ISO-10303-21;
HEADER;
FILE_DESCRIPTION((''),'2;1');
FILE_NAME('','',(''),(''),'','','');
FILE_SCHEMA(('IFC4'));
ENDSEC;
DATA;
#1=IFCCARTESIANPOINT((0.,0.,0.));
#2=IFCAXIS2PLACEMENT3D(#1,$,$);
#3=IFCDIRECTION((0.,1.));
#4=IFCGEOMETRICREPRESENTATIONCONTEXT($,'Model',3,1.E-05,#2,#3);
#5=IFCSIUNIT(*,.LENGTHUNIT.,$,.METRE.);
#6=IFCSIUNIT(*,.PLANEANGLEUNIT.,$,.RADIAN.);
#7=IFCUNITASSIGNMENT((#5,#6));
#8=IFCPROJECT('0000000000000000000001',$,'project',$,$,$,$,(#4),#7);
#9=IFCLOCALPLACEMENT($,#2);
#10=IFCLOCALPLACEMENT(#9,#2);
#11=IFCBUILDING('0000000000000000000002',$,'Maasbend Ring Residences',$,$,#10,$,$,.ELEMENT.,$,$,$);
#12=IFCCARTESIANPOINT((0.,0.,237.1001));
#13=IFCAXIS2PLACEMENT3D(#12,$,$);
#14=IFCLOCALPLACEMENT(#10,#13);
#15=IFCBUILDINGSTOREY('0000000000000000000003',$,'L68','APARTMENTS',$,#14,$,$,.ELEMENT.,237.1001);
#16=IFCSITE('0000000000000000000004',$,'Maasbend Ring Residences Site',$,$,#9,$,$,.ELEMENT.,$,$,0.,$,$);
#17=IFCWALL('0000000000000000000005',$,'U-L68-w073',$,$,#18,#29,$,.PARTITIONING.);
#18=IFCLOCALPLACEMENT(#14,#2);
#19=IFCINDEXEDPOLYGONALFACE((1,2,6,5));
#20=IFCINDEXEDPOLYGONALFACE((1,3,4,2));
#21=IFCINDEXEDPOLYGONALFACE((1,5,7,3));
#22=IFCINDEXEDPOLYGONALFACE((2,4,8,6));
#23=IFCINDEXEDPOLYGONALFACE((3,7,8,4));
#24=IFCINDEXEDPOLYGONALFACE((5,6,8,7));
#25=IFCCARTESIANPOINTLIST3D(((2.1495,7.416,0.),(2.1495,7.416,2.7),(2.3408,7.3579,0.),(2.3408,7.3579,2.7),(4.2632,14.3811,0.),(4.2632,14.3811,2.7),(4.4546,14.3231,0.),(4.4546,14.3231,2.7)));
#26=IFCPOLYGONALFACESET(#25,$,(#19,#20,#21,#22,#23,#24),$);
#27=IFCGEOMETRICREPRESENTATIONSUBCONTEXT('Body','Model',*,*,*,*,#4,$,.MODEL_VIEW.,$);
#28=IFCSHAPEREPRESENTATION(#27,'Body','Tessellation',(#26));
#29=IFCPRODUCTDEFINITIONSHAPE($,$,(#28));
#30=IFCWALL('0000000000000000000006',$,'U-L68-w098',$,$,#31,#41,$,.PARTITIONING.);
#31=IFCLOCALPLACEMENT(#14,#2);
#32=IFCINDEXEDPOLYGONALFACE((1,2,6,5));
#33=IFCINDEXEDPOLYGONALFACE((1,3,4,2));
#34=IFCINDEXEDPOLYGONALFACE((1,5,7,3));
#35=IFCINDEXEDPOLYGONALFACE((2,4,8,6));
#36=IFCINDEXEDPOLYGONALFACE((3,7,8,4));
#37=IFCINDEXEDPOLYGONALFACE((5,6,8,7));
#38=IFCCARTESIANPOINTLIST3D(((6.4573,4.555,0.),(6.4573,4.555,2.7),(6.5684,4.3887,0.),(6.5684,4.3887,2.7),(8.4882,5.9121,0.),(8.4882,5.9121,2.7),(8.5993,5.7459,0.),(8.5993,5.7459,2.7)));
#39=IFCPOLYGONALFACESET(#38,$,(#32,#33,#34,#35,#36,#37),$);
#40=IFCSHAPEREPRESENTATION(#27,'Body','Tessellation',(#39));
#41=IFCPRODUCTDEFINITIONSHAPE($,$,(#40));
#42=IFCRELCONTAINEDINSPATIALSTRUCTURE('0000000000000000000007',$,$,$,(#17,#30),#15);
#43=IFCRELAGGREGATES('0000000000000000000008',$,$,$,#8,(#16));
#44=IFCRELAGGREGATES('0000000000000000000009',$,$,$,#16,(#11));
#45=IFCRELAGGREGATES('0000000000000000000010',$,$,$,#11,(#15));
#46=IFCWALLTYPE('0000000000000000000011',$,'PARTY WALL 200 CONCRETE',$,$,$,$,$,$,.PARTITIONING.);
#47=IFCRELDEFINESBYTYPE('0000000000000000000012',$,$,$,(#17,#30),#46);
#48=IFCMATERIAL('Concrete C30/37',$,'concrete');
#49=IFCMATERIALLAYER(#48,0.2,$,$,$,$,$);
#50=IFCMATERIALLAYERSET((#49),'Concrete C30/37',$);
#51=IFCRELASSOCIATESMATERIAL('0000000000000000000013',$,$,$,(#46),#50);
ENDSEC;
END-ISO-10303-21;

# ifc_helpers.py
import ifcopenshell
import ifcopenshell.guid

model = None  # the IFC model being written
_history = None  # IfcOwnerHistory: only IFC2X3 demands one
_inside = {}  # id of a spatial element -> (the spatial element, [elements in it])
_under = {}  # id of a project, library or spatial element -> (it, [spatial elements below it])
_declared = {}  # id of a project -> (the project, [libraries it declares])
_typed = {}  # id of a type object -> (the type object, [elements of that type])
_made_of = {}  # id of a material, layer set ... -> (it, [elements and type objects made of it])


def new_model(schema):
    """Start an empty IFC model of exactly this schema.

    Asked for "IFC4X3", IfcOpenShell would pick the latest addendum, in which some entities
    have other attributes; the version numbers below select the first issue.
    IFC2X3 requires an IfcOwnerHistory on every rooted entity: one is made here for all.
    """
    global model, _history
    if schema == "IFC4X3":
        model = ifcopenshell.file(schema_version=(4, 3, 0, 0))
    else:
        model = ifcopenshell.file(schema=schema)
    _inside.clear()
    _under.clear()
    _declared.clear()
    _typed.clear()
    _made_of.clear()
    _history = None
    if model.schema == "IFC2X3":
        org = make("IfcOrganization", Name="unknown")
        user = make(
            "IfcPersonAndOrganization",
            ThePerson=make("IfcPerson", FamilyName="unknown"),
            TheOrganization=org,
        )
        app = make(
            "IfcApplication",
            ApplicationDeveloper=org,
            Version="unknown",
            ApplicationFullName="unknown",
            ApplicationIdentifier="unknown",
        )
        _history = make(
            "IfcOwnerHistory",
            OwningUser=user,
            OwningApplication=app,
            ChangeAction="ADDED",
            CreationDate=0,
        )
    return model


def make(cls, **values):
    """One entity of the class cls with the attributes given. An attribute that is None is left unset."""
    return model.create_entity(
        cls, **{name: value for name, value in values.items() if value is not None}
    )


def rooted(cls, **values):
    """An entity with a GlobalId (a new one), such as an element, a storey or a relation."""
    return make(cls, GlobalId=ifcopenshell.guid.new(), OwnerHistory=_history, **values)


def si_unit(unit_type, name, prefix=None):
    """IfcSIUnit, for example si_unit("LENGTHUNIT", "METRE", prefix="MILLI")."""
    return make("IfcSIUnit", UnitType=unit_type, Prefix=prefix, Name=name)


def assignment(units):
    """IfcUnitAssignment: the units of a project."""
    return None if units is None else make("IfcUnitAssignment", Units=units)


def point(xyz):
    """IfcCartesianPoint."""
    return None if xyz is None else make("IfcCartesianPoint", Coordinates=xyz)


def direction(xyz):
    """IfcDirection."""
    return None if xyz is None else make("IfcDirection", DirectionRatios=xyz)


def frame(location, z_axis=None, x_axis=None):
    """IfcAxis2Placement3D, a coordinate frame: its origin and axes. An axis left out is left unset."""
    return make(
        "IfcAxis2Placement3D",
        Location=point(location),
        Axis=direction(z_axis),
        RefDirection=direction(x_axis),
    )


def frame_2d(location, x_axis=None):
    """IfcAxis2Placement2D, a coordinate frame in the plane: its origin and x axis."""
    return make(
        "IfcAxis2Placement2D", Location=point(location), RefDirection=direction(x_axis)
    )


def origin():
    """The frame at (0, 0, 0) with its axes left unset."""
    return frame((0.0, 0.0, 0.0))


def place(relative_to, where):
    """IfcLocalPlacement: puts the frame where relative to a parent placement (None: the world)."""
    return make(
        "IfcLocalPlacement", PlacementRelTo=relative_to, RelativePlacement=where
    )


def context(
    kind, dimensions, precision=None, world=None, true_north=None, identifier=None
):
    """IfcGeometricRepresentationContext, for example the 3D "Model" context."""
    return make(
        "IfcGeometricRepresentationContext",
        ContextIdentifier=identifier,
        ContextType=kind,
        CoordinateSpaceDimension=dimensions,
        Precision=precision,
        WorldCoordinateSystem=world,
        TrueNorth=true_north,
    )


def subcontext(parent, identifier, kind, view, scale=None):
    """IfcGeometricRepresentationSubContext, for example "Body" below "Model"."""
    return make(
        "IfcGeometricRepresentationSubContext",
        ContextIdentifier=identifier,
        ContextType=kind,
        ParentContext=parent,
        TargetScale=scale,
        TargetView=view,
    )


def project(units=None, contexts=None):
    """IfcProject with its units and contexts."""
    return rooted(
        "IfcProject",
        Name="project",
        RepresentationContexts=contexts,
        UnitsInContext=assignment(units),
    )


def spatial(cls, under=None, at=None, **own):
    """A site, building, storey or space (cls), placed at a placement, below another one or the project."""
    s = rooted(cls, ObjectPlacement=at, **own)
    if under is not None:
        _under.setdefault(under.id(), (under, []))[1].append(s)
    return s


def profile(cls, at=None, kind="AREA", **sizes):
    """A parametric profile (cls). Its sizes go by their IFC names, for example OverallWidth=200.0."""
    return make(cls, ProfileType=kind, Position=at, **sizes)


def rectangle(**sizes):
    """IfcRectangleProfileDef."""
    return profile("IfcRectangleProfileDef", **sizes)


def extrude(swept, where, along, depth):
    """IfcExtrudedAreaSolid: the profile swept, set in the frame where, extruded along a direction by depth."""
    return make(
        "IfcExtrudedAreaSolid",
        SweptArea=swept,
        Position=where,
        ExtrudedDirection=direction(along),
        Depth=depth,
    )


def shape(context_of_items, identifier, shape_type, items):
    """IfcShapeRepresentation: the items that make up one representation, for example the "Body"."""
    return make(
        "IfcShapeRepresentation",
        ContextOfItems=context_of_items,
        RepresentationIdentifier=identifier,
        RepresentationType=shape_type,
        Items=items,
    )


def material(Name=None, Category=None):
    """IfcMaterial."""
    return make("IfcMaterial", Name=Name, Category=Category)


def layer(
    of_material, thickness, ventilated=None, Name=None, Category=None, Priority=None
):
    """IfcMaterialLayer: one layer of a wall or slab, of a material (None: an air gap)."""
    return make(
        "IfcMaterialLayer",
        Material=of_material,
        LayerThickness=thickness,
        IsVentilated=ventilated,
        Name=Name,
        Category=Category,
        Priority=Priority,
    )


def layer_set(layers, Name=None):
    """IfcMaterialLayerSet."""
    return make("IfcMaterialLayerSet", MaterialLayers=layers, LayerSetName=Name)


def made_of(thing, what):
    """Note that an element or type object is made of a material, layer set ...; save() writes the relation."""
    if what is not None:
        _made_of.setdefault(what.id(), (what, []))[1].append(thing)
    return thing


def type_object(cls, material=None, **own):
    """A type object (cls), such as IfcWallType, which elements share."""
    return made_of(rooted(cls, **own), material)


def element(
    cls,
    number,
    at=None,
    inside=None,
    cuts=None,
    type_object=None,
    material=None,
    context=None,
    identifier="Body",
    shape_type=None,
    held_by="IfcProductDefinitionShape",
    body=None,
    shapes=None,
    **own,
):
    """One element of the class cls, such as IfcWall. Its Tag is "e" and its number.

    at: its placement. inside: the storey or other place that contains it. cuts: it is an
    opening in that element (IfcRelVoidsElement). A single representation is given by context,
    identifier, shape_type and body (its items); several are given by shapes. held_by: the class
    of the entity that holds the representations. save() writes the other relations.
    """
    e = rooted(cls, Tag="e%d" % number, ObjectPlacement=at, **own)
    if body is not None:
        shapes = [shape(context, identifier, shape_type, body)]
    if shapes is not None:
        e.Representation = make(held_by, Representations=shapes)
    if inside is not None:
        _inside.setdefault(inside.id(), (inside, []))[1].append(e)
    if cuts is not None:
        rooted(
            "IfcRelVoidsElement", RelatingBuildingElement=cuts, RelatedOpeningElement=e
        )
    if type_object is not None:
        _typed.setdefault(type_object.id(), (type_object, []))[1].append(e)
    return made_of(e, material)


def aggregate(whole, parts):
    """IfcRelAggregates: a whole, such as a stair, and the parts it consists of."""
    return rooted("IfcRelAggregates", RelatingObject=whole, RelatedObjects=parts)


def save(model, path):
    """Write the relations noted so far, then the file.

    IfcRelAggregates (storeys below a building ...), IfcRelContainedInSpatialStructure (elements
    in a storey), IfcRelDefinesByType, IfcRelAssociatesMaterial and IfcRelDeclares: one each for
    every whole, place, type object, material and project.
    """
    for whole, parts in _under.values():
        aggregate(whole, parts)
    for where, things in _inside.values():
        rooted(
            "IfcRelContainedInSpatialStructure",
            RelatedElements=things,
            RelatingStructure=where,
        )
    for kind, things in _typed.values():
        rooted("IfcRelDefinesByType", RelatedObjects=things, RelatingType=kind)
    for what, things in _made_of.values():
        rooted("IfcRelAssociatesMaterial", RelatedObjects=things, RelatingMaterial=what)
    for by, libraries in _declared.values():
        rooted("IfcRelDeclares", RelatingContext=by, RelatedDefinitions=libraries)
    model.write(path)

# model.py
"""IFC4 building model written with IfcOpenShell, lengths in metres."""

from ifc_helpers import new_model, si_unit, direction, frame, frame_2d, origin, place, context, subcontext, project, spatial, rectangle, extrude, material, layer, layer_set, type_object, element, save


model = new_model("IFC4")

# Units and contexts
model_context = context("Model", 3, precision=1e-05, world=origin(), true_north=direction((0.0, 1.0)))
body_context = subcontext(model_context, "Body", "Model", "MODEL_VIEW")
ifc_project = project(units=[si_unit("LENGTHUNIT", "METRE"), si_unit("PLANEANGLEUNIT", "RADIAN")], contexts=[model_context])

# Site, building, storey
site_placement = place(None, origin())
site = spatial("IfcSite", under=ifc_project, at=site_placement, Name="Maasbend Ring Residences Site", CompositionType="ELEMENT", RefElevation=0.0)
building_placement = place(site_placement, origin())
building = spatial("IfcBuilding", under=site, at=building_placement, Name="Maasbend Ring Residences", CompositionType="ELEMENT")
storey_placement = place(building_placement, frame((0.0, 0.0, 237.1001)))
storey = spatial("IfcBuildingStorey", under=building, at=storey_placement, Name="L68", Description="APARTMENTS", CompositionType="ELEMENT", Elevation=237.1001)

# Walls
ifc_material_1 = material(Name="Concrete C30/37", Category="concrete")
ifc_layer_1 = layer(ifc_material_1, 0.2)
ifc_layer_set_1 = layer_set([ifc_layer_1], Name="Concrete C30/37")
wall_type_1 = type_object("IfcWallType", Name="PARTY WALL 200 CONCRETE", PredefinedType="PARTITIONING", material=ifc_layer_set_1)
wall_1_placement = place(storey_placement, frame((2.2451, 7.387, 0.0), z_axis=(0.0, 0.0, 1.0), x_axis=(0.290402, 0.956905, 0.0)))
element("IfcWall", 1, at=wall_1_placement, inside=storey, type_object=wall_type_1, Name="U-L68-w073", PredefinedType="PARTITIONING", context=body_context, shape_type="SweptSolid", body=[
    extrude(rectangle(XDim=7.2788, YDim=0.2, at=frame_2d((3.6394, 0.0))), origin(), (0.0, 0.0, 1.0), 2.7),
])
wall_2_placement = place(storey_placement, frame((6.5129, 4.4719, 0.0), z_axis=(0.0, 0.0, 1.0), x_axis=(0.83145, 0.555599, 0.0)))
element("IfcWall", 2, at=wall_2_placement, inside=storey, type_object=wall_type_1, Name="U-L68-w098", PredefinedType="PARTITIONING", context=body_context, shape_type="SweptSolid", body=[
    extrude(rectangle(XDim=2.4426, YDim=0.2, at=frame_2d((1.2212, 0.0))), origin(), (0.0, 0.0, 1.0), 2.7),
])

save(model, "model.ifc")
